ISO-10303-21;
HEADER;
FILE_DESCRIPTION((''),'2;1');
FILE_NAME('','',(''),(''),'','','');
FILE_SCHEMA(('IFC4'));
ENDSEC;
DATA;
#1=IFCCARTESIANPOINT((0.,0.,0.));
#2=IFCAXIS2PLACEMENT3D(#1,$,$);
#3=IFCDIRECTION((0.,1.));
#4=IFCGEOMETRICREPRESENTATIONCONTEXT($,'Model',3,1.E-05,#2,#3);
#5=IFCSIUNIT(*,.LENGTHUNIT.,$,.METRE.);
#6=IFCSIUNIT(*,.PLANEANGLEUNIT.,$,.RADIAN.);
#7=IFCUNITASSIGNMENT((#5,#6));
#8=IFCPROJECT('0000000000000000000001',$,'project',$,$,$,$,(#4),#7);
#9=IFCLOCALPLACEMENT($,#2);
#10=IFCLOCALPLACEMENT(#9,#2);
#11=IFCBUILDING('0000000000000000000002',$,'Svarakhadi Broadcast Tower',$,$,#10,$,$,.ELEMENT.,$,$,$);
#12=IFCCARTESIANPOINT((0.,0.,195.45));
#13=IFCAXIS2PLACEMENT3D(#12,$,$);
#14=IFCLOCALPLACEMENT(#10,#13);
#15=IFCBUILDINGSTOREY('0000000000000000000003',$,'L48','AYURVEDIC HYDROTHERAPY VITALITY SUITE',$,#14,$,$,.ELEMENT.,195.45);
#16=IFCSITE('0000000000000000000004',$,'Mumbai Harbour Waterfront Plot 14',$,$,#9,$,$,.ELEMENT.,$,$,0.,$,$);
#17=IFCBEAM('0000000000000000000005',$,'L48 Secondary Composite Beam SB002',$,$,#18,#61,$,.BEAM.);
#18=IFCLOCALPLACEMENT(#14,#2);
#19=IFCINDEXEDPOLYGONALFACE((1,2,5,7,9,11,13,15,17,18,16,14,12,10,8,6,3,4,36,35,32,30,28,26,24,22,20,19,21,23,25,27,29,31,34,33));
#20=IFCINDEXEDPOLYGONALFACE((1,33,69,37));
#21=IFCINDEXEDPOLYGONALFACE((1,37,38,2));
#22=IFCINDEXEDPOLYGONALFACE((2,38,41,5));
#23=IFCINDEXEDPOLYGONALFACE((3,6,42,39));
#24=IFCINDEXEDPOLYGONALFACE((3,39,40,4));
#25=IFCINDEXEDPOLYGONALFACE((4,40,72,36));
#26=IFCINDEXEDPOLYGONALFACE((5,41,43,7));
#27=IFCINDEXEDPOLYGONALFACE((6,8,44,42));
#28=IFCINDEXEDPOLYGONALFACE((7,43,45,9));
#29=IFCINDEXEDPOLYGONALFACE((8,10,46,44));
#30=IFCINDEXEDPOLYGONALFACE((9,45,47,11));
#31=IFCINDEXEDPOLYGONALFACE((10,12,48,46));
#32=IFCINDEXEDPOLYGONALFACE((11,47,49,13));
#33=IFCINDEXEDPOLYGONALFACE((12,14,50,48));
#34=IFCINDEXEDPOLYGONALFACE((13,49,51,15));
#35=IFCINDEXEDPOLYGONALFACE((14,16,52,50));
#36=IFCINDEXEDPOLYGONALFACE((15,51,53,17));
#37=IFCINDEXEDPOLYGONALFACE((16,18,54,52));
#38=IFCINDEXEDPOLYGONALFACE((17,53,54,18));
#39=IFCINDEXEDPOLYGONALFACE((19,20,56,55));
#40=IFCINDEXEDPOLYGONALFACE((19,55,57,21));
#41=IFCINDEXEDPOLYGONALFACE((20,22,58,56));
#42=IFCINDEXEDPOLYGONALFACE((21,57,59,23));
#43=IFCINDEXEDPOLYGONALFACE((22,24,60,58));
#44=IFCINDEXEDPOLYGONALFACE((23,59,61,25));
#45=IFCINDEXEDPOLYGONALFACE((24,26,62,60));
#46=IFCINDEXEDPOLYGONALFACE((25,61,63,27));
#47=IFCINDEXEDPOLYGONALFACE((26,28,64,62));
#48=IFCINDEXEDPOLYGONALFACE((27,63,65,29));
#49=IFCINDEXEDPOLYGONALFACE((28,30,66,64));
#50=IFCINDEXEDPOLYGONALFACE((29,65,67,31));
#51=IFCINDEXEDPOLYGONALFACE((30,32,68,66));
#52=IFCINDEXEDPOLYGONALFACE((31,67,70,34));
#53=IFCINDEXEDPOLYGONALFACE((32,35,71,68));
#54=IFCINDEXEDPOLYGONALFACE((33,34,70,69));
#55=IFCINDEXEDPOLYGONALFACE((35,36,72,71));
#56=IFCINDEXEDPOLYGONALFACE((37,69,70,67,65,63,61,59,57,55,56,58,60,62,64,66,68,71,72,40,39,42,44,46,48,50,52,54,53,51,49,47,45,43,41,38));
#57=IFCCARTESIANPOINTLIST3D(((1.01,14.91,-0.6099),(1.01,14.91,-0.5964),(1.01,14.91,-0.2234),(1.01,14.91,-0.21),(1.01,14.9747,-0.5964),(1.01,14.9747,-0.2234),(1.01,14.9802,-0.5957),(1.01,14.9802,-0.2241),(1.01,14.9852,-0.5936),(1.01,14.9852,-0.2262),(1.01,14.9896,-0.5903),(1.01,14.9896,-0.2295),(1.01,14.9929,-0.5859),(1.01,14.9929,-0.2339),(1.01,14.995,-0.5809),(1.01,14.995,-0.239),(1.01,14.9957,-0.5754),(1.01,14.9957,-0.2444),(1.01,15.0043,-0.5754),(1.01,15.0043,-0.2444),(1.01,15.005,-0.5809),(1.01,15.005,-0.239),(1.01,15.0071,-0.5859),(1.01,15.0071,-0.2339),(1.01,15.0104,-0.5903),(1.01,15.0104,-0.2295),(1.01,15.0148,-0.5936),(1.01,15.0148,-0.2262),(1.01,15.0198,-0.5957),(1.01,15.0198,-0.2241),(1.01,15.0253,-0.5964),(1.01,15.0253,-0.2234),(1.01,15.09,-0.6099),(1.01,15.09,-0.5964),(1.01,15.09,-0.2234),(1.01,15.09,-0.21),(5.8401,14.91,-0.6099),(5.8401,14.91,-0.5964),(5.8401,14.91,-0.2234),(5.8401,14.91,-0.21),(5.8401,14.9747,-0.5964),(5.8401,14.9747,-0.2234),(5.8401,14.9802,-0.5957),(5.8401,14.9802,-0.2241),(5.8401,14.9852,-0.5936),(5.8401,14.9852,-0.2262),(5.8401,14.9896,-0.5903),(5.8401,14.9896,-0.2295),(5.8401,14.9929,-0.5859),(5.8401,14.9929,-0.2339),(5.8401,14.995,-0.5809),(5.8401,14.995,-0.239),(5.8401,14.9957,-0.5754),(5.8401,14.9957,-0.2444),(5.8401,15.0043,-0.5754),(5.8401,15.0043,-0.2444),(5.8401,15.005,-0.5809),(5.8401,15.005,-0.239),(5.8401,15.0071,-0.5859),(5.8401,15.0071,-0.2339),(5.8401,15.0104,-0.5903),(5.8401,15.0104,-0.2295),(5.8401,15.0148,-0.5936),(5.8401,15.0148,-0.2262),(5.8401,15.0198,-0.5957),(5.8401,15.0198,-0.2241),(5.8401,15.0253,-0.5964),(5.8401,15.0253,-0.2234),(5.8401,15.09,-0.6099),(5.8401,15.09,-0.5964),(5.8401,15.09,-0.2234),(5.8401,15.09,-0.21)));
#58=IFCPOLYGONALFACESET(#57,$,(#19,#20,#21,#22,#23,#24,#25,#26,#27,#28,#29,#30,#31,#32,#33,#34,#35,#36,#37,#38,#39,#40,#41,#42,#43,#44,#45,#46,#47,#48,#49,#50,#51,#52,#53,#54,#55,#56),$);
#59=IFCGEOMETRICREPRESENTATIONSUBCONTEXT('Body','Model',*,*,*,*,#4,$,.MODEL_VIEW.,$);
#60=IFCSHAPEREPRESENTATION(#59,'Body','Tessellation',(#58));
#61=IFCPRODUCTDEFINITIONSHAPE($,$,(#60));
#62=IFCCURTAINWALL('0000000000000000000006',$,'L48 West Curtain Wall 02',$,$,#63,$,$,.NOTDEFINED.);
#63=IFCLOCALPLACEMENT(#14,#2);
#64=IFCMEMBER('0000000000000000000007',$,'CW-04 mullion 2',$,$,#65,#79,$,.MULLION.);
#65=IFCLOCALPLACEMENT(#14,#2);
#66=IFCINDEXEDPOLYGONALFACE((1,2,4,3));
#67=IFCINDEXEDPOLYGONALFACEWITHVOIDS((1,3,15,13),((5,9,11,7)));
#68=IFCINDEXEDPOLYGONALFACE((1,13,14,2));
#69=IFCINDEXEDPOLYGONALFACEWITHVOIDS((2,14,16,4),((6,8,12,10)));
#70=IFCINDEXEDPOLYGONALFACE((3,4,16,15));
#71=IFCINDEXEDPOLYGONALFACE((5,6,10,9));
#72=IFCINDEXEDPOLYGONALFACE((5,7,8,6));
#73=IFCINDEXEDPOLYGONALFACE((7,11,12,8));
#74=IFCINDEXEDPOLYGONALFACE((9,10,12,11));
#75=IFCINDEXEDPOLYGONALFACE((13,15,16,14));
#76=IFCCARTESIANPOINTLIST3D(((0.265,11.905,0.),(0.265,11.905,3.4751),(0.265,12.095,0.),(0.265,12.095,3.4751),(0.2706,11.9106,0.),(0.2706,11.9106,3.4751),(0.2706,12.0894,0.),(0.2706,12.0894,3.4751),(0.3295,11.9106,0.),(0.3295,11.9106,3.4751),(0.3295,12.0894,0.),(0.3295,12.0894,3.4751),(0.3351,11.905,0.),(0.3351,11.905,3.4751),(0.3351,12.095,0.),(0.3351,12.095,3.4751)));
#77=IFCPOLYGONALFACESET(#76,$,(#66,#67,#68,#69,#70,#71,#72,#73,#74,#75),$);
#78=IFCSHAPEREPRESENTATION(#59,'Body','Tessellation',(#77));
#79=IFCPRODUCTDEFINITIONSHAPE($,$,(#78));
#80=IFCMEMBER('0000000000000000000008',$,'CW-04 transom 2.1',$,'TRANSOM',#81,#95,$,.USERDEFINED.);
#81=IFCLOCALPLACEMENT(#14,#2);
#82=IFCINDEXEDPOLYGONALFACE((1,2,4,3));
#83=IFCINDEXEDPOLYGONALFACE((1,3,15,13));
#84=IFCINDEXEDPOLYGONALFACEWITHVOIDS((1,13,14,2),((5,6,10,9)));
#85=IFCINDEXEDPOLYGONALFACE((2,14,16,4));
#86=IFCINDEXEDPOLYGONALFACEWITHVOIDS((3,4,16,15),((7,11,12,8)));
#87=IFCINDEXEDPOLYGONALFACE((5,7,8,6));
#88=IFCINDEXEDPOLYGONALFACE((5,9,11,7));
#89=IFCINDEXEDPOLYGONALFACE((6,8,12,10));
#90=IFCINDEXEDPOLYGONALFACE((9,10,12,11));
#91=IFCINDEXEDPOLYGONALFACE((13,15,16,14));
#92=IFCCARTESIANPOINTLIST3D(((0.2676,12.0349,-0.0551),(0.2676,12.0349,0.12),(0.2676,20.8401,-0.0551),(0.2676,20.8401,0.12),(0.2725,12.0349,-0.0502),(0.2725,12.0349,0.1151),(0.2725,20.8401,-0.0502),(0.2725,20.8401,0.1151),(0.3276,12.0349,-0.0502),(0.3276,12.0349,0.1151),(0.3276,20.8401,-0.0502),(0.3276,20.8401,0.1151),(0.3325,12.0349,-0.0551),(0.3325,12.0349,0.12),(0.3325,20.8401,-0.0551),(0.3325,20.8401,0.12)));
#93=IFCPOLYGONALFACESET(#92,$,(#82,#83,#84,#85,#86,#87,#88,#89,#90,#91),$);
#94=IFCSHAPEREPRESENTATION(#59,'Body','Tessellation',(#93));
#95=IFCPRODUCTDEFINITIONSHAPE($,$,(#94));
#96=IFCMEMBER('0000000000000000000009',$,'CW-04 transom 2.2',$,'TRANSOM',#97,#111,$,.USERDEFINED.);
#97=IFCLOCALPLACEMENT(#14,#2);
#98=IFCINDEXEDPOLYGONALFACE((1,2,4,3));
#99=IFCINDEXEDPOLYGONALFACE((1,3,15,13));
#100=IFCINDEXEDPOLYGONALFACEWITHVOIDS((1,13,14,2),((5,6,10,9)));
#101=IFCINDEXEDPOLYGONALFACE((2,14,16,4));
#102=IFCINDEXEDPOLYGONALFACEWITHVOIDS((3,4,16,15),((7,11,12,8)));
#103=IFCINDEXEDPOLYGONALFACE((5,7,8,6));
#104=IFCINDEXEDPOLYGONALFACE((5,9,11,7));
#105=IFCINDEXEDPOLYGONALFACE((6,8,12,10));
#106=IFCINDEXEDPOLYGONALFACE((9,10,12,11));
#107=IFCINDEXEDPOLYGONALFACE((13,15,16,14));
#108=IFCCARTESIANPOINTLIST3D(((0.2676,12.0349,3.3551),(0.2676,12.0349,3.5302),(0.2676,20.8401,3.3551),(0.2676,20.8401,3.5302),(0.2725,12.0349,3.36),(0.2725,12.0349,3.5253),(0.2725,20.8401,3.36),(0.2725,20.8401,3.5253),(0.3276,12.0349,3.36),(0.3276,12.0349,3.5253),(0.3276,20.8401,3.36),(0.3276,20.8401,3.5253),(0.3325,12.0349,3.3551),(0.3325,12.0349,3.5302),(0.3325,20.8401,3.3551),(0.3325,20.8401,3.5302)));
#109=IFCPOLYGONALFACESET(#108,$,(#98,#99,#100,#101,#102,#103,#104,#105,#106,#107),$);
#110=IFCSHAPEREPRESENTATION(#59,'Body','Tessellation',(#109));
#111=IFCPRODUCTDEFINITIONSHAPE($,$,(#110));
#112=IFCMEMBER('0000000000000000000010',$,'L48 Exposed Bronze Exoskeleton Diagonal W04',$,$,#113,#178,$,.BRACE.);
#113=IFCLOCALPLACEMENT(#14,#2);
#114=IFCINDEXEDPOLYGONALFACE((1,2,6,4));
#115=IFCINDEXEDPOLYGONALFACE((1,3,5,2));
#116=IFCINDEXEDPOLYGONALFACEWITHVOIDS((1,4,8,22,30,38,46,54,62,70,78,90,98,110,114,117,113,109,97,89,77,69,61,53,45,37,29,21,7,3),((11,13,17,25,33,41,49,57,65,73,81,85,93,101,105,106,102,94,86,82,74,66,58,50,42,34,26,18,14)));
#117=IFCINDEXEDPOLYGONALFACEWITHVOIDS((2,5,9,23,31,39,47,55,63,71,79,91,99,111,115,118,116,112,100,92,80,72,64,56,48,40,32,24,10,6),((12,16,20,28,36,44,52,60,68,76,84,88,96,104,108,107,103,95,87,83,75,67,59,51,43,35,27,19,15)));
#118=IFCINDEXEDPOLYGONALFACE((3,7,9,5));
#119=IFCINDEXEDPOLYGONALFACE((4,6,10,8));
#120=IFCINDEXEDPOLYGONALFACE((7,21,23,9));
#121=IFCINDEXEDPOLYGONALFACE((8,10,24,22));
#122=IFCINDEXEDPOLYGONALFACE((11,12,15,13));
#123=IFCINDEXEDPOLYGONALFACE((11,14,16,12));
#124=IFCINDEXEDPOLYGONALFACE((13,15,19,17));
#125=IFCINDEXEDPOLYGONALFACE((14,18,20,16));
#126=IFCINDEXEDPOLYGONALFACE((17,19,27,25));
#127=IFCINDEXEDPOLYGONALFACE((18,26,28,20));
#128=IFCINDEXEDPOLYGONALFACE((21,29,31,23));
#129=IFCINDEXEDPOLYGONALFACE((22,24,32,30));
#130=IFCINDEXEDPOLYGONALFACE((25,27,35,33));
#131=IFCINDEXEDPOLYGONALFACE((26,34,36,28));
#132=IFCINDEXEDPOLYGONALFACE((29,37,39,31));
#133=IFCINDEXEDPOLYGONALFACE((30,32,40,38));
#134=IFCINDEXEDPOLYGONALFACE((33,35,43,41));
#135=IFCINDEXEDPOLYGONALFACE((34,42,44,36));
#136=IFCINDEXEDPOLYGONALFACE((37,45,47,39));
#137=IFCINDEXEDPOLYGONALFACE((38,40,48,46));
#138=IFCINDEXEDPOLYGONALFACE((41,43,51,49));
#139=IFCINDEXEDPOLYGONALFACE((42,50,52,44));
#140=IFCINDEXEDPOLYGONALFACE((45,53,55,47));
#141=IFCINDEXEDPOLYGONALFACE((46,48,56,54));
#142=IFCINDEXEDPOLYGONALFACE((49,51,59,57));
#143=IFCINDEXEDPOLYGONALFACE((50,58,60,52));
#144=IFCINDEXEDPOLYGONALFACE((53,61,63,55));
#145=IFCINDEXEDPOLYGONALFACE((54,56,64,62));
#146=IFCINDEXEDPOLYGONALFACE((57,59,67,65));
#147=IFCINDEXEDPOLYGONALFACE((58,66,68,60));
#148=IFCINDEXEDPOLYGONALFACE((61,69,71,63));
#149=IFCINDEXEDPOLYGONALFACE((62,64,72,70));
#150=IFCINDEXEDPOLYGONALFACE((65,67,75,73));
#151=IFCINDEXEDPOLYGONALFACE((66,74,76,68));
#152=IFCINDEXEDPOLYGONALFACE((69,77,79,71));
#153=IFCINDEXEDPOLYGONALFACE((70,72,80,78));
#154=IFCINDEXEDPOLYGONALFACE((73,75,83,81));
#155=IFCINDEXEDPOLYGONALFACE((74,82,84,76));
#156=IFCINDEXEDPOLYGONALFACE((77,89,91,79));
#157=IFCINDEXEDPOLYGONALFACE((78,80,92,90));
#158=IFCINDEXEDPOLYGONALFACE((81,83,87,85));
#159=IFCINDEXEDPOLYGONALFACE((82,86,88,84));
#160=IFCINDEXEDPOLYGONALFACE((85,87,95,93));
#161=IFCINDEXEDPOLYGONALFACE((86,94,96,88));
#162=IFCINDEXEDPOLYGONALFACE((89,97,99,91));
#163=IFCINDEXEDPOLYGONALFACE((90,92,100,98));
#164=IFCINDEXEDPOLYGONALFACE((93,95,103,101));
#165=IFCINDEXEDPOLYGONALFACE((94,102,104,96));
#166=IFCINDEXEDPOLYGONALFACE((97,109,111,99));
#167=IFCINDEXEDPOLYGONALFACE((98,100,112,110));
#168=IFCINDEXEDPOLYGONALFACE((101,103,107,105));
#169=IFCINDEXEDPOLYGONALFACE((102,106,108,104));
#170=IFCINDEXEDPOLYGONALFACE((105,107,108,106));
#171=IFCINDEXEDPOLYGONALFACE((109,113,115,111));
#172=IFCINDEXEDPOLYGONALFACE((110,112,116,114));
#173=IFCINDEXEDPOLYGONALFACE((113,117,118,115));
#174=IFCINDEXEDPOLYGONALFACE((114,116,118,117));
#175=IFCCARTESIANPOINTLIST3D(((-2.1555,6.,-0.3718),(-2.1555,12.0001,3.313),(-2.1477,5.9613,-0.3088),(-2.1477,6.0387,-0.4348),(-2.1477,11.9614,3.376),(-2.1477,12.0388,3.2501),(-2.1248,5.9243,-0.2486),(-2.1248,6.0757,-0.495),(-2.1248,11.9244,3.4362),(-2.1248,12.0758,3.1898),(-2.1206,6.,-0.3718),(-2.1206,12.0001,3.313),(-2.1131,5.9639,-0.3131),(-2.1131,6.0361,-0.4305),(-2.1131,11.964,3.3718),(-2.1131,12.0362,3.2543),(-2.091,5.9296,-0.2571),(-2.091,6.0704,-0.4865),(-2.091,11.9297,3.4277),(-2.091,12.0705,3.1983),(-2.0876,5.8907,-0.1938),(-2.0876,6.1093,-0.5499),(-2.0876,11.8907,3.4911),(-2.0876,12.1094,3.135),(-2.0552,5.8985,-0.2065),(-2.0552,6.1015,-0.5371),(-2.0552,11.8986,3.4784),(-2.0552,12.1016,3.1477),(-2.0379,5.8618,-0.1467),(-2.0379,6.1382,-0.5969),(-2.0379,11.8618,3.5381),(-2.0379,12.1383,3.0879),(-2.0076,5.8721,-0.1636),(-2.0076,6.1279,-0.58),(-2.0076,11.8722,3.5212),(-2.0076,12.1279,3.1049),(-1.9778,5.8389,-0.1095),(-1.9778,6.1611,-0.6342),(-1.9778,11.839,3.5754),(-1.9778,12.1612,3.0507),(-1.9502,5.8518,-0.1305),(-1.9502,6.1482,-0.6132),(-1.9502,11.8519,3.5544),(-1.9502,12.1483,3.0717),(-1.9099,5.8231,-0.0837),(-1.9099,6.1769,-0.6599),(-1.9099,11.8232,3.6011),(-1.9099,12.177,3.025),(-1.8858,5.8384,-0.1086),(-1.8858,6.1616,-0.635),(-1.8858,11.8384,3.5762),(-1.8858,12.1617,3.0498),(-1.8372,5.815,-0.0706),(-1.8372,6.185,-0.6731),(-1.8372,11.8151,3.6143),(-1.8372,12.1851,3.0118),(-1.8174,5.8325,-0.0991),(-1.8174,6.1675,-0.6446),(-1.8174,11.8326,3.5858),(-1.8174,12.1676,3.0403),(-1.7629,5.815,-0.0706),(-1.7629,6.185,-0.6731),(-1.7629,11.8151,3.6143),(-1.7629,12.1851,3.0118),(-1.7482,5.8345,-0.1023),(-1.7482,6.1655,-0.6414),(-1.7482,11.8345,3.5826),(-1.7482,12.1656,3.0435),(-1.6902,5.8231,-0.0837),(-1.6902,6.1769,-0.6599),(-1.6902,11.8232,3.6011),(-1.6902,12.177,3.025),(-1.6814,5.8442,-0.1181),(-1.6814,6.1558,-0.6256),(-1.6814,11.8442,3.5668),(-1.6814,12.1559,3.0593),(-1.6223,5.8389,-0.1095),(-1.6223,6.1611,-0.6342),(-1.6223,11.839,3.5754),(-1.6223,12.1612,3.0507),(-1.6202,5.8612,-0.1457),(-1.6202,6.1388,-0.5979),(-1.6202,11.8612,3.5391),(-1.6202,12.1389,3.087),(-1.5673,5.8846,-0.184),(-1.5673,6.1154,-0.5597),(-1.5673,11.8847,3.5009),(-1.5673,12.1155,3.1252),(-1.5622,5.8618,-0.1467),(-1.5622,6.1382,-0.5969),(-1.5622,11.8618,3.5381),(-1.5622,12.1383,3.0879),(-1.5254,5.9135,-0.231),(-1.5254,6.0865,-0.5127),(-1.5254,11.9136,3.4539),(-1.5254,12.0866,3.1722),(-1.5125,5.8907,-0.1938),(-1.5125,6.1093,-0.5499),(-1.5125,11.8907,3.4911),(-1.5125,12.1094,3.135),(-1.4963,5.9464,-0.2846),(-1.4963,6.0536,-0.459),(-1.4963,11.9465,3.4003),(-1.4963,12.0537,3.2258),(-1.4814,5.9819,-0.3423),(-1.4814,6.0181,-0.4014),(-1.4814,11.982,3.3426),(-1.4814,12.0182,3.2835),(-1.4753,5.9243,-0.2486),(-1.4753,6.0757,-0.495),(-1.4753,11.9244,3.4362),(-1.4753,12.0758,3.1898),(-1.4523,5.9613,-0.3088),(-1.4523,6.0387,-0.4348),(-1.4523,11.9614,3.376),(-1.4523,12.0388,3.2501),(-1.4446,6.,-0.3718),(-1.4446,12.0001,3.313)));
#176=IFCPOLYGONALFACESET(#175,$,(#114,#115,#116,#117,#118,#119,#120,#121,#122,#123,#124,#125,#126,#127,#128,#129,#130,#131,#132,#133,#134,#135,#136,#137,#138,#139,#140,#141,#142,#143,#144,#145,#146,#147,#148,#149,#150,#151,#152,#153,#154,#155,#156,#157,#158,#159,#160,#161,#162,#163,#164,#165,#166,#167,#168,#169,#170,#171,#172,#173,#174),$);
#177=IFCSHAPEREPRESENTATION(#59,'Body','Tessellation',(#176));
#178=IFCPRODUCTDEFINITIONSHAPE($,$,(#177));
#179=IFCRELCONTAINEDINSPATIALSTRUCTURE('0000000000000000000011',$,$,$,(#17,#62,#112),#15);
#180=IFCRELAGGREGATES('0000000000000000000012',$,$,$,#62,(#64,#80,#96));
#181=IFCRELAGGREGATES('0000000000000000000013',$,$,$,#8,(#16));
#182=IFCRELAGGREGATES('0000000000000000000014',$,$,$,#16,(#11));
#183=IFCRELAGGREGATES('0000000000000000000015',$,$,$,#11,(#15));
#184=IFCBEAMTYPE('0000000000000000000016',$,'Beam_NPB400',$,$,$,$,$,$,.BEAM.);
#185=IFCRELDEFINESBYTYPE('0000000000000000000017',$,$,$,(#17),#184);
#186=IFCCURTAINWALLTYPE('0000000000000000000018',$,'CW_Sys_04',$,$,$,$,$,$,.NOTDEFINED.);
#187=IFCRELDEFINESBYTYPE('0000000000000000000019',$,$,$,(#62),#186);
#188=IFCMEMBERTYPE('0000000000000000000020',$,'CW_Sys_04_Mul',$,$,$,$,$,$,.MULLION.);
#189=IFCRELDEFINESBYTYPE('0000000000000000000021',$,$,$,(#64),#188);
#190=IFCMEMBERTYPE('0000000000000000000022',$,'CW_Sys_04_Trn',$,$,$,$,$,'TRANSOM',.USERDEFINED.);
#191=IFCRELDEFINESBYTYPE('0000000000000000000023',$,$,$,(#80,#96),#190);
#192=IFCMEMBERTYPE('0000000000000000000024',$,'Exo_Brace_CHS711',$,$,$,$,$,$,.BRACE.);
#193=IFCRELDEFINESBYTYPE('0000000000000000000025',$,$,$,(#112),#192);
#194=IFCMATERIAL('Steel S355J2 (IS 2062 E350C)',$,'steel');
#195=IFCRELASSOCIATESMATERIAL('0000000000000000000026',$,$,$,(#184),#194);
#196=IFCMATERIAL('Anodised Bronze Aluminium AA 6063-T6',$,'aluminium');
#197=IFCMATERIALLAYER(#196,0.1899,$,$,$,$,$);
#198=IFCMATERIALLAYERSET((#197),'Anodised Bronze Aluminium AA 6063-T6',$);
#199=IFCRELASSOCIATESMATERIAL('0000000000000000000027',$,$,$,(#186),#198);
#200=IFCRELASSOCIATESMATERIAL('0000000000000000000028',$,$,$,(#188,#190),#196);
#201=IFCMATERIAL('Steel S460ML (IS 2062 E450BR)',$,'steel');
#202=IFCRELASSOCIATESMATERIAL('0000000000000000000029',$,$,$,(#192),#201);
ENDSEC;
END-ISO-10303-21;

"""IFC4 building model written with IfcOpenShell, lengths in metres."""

from ifc_helpers import new_model, si_unit, direction, frame, origin, origin_2d, place, context, subcontext, project, spatial, hollow_rectangle, hollow_circle, i_section, extrude, material, layer, layer_set, material_profile, profile_set, type_object, element, aggregate, save


model = new_model("IFC4")

# Units and contexts
model_context = context("Model", 3, precision=1e-05, world=origin(), true_north=direction((0.0, 1.0)))
body_context = subcontext(model_context, "Body", "Model", "MODEL_VIEW")
ifc_project = project(units=[si_unit("LENGTHUNIT", "METRE"), si_unit("PLANEANGLEUNIT", "RADIAN")], contexts=[model_context])

# Site, building, storey
site_placement = place(None, origin())
site = spatial("IfcSite", under=ifc_project, at=site_placement, Name="Mumbai Harbour Waterfront Plot 14", CompositionType="ELEMENT", RefElevation=0.0)
building_placement = place(site_placement, origin())
building = spatial("IfcBuilding", under=site, at=building_placement, Name="Svarakhadi Broadcast Tower", CompositionType="ELEMENT")
storey_placement = place(building_placement, frame((0.0, 0.0, 195.45)))
storey = spatial("IfcBuildingStorey", under=building, at=storey_placement, Name="L48", Description="AYURVEDIC HYDROTHERAPY VITALITY SUITE", CompositionType="ELEMENT", Elevation=195.45)

# Shared definitions
ifc_material_1 = material(Name="Steel S460ML (IS 2062 E450BR)", Category="steel")

# Beam
ifc_material_2 = material(Name="Steel S355J2 (IS 2062 E350C)", Category="steel")
ifc_material_profile_1 = material_profile(ifc_material_2, i_section(OverallWidth=0.1799, OverallDepth=0.3999, WebThickness=0.0085, FlangeThickness=0.0134, FilletRadius=0.021, at=origin_2d()), Name="NPB 400x180x66")
ifc_profile_set_1 = profile_set([ifc_material_profile_1], Name="Steel S355J2 (IS 2062 E350C)")
beam_type_1 = type_object("IfcBeamType", Name="Beam_NPB400", PredefinedType="BEAM", material=ifc_profile_set_1)
for number, where, z_axis, x_axis, name in (
    (1, (1.01, 15.0, -0.4099), (1.0, 0.0, 0.0), (0.0, 1.0, 0.0), "L48 Secondary Composite Beam SB002"),
):
    element("IfcBeam", number, at=place(storey_placement, frame(where, z_axis=z_axis, x_axis=x_axis)), inside=storey, type_object=beam_type_1, Name=name, PredefinedType="BEAM", context=body_context, shape_type="SweptSolid", body=[
        extrude(i_section(OverallWidth=0.1799, OverallDepth=0.3999, WebThickness=0.0085, FlangeThickness=0.0134, FilletRadius=0.021, at=origin_2d()), origin(), (0.0, 0.0, 1.0), 4.8301),
    ])

# Curtain wall, members
ifc_material_3 = material(Name="Anodised Bronze Aluminium AA 6063-T6", Category="aluminium")
ifc_layer_1 = layer(ifc_material_3, 0.1899)
ifc_layer_set_1 = layer_set([ifc_layer_1], Name="Anodised Bronze Aluminium AA 6063-T6")
curtain_wall_type = type_object("IfcCurtainWallType", Name="CW_Sys_04", PredefinedType="NOTDEFINED", material=ifc_layer_set_1)
curtain_wall_placement = place(storey_placement, origin())
curtain_wall = element("IfcCurtainWall", 2, at=curtain_wall_placement, inside=storey, type_object=curtain_wall_type, Name="L48 West Curtain Wall 02", PredefinedType="NOTDEFINED")
ifc_material_profile_2 = material_profile(ifc_material_3, hollow_rectangle(XDim=0.0701, YDim=0.1899, WallThickness=0.0056, at=origin_2d()), Name="ALU MULLION 190x70x6")
ifc_profile_set_2 = profile_set([ifc_material_profile_2], Name="Anodised Bronze Aluminium AA 6063-T6")
member_type_1 = type_object("IfcMemberType", Name="CW_Sys_04_Mul", PredefinedType="MULLION", material=ifc_profile_set_2)
member_1_placement = place(storey_placement, frame((0.3, 12.0, 0.0), z_axis=(0.0, 0.0, 1.0), x_axis=(-1.0, 0.0, 0.0)))
member_1 = element("IfcMember", 3, at=member_1_placement, type_object=member_type_1, Name="CW-04 mullion 2", PredefinedType="MULLION", context=body_context, shape_type="SweptSolid", body=[
    extrude(hollow_rectangle(XDim=0.0701, YDim=0.1899, WallThickness=0.0056, at=origin_2d()), origin(), (0.0, 0.0, 1.0), 3.4751),
])
ifc_material_profile_3 = material_profile(ifc_material_3, hollow_rectangle(XDim=0.0649, YDim=0.175, WallThickness=0.0049, at=origin_2d()), Name="ALU TRANSOM 175x65x5")
ifc_profile_set_3 = profile_set([ifc_material_profile_3], Name="Anodised Bronze Aluminium AA 6063-T6")
member_type_2 = type_object("IfcMemberType", Name="CW_Sys_04_Trn", ElementType="TRANSOM", PredefinedType="USERDEFINED", material=ifc_profile_set_3)
member_2_placement = place(storey_placement, frame((0.3, 12.0349, 0.0325), z_axis=(0.0, 1.0, 0.0), x_axis=(-1.0, 0.0, 0.0)))
member_2 = element("IfcMember", 4, at=member_2_placement, type_object=member_type_2, Name="CW-04 transom 2.1", ObjectType="TRANSOM", PredefinedType="USERDEFINED", context=body_context, shape_type="SweptSolid", body=[
    extrude(hollow_rectangle(XDim=0.0649, YDim=0.175, WallThickness=0.0049, at=origin_2d()), origin(), (0.0, 0.0, 1.0), 8.8052),
])
member_3_placement = place(storey_placement, frame((0.3, 12.0349, 3.4426), z_axis=(0.0, 1.0, 0.0), x_axis=(-1.0, 0.0, 0.0)))
member_3 = element("IfcMember", 5, at=member_3_placement, type_object=member_type_2, Name="CW-04 transom 2.2", ObjectType="TRANSOM", PredefinedType="USERDEFINED", context=body_context, shape_type="SweptSolid", body=[
    extrude(hollow_rectangle(XDim=0.0649, YDim=0.175, WallThickness=0.0049, at=origin_2d()), origin(), (0.0, 0.0, 1.0), 8.8052),
])

# Member
ifc_material_profile_4 = material_profile(ifc_material_1, hollow_circle(Radius=0.3555, WallThickness=0.0349, at=origin_2d()), Name="CHS 711x35")
ifc_profile_set_4 = profile_set([ifc_material_profile_4], Name="Steel S460ML (IS 2062 E450BR)")
member_type_3 = type_object("IfcMemberType", Name="Exo_Brace_CHS711", PredefinedType="BRACE", material=ifc_profile_set_4)
for number, where, z_axis, x_axis, name in (
    (6, (-1.8, 6.0, -0.3718), (0.0, 0.852133, 0.523325), (-1.0, 0.0, 0.0), "L48 Exposed Bronze Exoskeleton Diagonal W04"),
):
    element("IfcMember", number, at=place(storey_placement, frame(where, z_axis=z_axis, x_axis=x_axis)), inside=storey, type_object=member_type_3, Name=name, PredefinedType="BRACE", context=body_context, shape_type="SweptSolid", body=[
        extrude(hollow_circle(Radius=0.3555, WallThickness=0.0349, at=origin_2d()), origin(), (0.0, 0.0, 1.0), 7.0413),
    ])

aggregate(curtain_wall, [member_1, member_2, member_3])

save(model, "model.ifc")
